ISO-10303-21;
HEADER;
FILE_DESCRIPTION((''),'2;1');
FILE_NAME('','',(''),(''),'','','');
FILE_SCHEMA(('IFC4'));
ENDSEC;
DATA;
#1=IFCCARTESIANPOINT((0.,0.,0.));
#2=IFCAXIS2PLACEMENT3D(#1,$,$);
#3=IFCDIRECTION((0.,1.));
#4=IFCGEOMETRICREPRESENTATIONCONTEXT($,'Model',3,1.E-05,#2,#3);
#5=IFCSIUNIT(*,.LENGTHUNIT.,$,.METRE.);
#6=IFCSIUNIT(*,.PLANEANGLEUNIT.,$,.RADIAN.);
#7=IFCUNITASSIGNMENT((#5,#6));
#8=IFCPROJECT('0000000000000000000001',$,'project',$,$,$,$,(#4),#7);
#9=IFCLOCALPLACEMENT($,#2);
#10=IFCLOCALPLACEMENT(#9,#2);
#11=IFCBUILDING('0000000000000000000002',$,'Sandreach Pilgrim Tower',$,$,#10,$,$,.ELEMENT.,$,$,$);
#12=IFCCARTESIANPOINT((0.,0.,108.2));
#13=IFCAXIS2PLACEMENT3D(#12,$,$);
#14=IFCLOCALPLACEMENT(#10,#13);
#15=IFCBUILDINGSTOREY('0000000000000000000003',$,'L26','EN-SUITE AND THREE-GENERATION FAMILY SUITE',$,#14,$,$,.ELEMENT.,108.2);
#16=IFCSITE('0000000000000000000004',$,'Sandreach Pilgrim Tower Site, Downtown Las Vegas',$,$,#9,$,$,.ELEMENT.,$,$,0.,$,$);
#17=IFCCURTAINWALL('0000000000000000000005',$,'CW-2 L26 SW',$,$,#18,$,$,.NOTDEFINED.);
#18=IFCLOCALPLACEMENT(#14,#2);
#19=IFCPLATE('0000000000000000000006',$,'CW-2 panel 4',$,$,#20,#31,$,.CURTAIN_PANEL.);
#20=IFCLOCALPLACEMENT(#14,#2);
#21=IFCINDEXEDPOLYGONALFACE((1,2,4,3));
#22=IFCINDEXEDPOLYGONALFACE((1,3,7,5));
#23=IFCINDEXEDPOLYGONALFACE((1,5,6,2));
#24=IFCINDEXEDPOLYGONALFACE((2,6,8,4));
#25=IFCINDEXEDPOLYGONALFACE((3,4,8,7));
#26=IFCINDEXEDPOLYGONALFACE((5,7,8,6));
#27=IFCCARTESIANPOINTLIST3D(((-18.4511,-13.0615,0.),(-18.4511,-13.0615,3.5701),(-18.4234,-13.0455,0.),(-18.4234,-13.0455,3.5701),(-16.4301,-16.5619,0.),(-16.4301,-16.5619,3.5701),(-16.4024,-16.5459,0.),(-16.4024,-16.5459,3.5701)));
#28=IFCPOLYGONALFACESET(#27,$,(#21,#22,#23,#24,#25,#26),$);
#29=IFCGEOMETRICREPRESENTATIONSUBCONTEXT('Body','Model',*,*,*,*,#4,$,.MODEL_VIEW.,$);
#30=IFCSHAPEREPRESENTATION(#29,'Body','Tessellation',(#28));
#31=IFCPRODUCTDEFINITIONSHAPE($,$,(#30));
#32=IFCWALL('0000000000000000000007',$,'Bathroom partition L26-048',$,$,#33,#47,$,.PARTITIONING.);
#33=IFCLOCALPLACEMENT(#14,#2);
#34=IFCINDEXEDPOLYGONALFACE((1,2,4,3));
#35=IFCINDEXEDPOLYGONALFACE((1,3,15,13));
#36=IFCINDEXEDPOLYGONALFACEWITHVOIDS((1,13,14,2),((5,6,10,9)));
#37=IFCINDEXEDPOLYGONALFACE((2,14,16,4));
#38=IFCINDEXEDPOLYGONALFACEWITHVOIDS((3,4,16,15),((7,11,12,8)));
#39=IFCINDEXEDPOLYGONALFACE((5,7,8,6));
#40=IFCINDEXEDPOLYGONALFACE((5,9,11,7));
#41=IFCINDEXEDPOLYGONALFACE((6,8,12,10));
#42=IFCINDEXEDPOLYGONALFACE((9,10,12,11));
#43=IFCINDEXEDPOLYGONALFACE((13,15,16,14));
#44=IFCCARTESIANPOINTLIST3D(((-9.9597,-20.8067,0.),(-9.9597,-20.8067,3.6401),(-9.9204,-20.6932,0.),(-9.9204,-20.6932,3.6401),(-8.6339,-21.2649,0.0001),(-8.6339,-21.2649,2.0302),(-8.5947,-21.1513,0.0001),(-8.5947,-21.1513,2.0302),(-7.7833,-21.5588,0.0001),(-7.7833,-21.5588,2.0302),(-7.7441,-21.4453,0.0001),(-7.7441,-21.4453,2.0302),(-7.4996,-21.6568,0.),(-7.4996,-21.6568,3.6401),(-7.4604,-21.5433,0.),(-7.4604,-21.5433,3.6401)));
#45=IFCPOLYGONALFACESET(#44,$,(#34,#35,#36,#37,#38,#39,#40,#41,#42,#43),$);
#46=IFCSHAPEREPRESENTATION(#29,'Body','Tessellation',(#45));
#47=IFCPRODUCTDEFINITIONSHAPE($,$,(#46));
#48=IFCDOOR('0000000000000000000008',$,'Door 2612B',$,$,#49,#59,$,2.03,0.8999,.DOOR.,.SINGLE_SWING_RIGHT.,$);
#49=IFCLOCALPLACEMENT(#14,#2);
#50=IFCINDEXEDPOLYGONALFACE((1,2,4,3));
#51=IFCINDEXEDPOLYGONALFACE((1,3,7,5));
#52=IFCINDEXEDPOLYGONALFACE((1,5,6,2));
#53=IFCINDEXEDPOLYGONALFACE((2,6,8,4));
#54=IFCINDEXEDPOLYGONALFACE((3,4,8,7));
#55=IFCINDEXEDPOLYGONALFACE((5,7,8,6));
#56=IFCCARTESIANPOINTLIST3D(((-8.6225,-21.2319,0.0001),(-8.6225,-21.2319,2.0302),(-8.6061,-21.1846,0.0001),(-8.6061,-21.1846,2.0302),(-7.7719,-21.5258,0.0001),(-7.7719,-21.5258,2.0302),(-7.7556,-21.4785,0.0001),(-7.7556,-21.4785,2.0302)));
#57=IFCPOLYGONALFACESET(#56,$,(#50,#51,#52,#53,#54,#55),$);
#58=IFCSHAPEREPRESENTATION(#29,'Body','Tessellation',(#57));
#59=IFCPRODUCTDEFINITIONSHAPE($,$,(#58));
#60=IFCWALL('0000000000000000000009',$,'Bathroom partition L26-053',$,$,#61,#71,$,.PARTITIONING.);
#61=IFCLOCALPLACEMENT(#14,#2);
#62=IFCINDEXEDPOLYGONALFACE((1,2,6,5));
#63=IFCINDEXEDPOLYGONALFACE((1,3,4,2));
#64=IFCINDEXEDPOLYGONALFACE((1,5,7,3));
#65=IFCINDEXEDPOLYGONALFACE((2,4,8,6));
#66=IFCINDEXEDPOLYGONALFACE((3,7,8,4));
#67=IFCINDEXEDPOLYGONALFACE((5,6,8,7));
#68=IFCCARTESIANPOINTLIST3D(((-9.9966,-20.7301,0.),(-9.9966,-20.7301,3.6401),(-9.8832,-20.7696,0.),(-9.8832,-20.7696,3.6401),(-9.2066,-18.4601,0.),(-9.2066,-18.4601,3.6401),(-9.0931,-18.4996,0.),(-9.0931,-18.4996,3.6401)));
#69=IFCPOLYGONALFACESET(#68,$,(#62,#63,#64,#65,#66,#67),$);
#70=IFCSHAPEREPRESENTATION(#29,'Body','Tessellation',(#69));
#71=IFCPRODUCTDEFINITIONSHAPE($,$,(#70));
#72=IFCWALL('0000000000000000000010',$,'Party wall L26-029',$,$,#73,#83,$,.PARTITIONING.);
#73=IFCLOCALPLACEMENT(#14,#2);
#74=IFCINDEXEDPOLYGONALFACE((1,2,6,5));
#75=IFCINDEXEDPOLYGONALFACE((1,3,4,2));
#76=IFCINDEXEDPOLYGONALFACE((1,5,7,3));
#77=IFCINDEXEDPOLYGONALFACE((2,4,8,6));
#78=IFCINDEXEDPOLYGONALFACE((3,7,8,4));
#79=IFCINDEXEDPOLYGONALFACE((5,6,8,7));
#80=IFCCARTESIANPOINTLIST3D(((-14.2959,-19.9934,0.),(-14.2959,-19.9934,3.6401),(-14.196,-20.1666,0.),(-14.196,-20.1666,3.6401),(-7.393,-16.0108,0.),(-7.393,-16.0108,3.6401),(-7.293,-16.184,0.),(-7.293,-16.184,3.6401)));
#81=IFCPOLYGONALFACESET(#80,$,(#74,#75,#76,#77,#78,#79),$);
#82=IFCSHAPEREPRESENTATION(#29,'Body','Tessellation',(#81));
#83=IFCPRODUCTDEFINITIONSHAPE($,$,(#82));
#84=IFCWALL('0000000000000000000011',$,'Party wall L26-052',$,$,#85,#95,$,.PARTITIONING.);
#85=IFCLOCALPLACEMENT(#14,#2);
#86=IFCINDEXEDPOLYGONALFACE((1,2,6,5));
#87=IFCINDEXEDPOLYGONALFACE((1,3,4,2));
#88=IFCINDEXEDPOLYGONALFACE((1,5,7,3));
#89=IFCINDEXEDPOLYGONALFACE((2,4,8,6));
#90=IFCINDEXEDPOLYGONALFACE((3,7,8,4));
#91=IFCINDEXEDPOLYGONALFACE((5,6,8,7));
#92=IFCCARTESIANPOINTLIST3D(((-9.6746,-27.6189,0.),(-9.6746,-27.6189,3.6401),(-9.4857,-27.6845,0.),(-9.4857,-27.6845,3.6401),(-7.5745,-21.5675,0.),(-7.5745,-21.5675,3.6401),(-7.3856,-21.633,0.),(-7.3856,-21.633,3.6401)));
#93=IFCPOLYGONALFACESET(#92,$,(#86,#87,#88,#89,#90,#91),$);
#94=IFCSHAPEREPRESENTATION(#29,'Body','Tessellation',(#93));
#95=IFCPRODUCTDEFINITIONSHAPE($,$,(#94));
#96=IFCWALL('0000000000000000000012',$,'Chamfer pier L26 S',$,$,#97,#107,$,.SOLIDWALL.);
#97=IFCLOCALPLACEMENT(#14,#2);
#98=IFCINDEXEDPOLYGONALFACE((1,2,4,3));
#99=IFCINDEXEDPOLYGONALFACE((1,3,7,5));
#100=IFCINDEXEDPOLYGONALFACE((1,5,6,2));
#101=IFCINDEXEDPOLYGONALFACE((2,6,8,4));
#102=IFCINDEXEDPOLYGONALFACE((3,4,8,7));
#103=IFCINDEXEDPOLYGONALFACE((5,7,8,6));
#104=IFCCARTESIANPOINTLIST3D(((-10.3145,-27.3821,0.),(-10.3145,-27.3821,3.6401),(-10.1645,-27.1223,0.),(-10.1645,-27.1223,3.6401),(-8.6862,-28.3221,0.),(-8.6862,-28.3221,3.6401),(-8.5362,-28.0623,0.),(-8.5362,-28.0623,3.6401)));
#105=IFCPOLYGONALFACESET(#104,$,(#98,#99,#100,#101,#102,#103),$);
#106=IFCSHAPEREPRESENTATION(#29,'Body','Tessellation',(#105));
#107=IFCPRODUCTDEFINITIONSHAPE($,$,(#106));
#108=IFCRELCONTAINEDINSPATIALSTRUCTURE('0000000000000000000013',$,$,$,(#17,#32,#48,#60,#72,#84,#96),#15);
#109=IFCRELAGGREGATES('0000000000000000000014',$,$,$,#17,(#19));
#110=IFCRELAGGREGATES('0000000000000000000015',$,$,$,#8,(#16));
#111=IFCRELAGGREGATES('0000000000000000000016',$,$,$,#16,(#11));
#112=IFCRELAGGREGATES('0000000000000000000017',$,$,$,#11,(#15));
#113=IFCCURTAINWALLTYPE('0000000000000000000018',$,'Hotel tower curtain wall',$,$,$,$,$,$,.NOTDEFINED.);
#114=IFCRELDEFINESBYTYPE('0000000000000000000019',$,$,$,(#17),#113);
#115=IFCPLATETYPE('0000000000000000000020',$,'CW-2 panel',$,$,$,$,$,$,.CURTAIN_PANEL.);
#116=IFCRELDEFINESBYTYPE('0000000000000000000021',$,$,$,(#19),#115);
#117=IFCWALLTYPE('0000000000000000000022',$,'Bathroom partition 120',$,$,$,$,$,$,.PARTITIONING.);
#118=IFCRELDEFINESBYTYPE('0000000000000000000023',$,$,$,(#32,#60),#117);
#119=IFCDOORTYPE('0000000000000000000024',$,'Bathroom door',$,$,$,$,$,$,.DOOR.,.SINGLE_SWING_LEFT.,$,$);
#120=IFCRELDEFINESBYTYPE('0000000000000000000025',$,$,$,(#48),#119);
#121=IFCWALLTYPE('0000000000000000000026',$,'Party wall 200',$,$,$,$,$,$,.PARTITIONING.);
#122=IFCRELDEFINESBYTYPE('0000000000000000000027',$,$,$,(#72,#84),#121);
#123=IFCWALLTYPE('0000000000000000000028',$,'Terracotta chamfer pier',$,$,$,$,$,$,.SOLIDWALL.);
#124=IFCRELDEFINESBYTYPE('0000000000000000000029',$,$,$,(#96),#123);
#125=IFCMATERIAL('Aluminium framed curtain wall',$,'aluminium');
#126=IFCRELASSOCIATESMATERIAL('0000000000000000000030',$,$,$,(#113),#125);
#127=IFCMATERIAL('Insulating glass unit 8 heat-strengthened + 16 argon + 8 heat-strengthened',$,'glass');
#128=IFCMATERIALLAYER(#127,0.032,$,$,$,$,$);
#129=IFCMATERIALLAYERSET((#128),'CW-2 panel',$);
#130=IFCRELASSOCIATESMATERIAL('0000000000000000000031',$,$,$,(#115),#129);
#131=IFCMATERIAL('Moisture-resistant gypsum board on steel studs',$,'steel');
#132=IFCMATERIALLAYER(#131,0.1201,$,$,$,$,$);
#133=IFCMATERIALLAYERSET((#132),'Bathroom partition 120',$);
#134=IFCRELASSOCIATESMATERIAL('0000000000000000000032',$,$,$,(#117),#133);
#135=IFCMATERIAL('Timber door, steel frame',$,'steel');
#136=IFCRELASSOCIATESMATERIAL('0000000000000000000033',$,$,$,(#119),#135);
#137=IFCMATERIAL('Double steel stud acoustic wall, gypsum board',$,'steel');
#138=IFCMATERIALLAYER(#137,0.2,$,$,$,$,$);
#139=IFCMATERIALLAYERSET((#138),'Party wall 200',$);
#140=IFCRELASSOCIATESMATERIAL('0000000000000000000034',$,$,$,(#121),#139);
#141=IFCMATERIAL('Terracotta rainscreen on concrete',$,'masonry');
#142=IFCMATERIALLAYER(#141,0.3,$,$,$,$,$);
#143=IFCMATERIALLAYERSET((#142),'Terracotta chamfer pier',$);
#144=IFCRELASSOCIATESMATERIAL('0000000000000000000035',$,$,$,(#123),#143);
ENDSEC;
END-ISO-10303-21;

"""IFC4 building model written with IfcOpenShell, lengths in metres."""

from ifc_helpers import new_model, si_unit, direction, frame, frame_2d, origin, origin_2d, place, context, subcontext, project, spatial, rectangle, extrude, material, layer, layer_set, type_object, element, fill, aggregate, save


model = new_model("IFC4")

# Units and contexts
model_context = context("Model", 3, precision=1e-05, world=origin(), true_north=direction((0.0, 1.0)))
body_context = subcontext(model_context, "Body", "Model", "MODEL_VIEW")
ifc_project = project(units=[si_unit("LENGTHUNIT", "METRE"), si_unit("PLANEANGLEUNIT", "RADIAN")], contexts=[model_context])

# Site, building, storey
site_placement = place(None, origin())
site = spatial("IfcSite", under=ifc_project, at=site_placement, Name="Sandreach Pilgrim Tower Site, Downtown Las Vegas", CompositionType="ELEMENT", RefElevation=0.0)
building_placement = place(site_placement, origin())
building = spatial("IfcBuilding", under=site, at=building_placement, Name="Sandreach Pilgrim Tower", CompositionType="ELEMENT")
storey_placement = place(building_placement, frame((0.0, 0.0, 108.2)))
storey = spatial("IfcBuildingStorey", under=building, at=storey_placement, Name="L26", Description="EN-SUITE AND THREE-GENERATION FAMILY SUITE", CompositionType="ELEMENT", Elevation=108.2)

# Curtain wall
ifc_material_1 = material(Name="Aluminium framed curtain wall", Category="aluminium")
curtain_wall_type = type_object("IfcCurtainWallType", Name="Hotel tower curtain wall", PredefinedType="NOTDEFINED", material=ifc_material_1)
curtain_wall_placement = place(storey_placement, origin())
curtain_wall = element("IfcCurtainWall", 1, at=curtain_wall_placement, inside=storey, type_object=curtain_wall_type, Name="CW-2 L26 SW", PredefinedType="NOTDEFINED")

# Plate
ifc_material_2 = material(Name="Insulating glass unit 8 heat-strengthened + 16 argon + 8 heat-strengthened", Category="glass")
ifc_layer_1 = layer(ifc_material_2, 0.032)
ifc_layer_set_1 = layer_set([ifc_layer_1], Name="CW-2 panel")
plate_type = type_object("IfcPlateType", Name="CW-2 panel", PredefinedType="CURTAIN_PANEL", material=ifc_layer_set_1)
plate_1_placement = place(storey_placement, frame((-17.4268, -14.8037, 0.0), z_axis=(0.0, 0.0, 1.0), x_axis=(-0.5, 0.866025, 0.0)))
plate_1 = element("IfcPlate", 2, at=plate_1_placement, type_object=plate_type, Name="CW-2 panel 4", PredefinedType="CURTAIN_PANEL", context=body_context, shape_type="SweptSolid", body=[
    extrude(rectangle(XDim=4.042, YDim=0.032, at=origin_2d()), origin(), (0.0, 0.0, 1.0), 3.5701),
])
aggregate(curtain_wall, [plate_1])

# Wall, opening, door
ifc_material_3 = material(Name="Moisture-resistant gypsum board on steel studs", Category="steel")
ifc_layer_2 = layer(ifc_material_3, 0.1201)
ifc_layer_set_2 = layer_set([ifc_layer_2], Name="Bathroom partition 120")
wall_type_1 = type_object("IfcWallType", Name="Bathroom partition 120", PredefinedType="PARTITIONING", material=ifc_layer_set_2)
wall_1_placement = place(storey_placement, frame((-9.9399, -20.75, 0.0), z_axis=(0.0, 0.0, 1.0), x_axis=(0.945155, -0.326621, 0.0)))
wall_1 = element("IfcWall", 3, at=wall_1_placement, inside=storey, type_object=wall_type_1, Name="Bathroom partition L26-048", PredefinedType="PARTITIONING", context=body_context, shape_type="SweptSolid", body=[
    extrude(rectangle(XDim=2.6028, YDim=0.1201, at=frame_2d((1.3013, 0.0))), origin(), (0.0, 0.0, 1.0), 3.6401),
])
opening_1_placement = place(wall_1_placement, frame((1.4026, 0.0, 0.0)))
opening_1 = element("IfcOpeningElement", 4, at=opening_1_placement, cuts=wall_1, PredefinedType="OPENING", context=body_context, shape_type="SweptSolid", body=[
    extrude(rectangle(XDim=0.8999, YDim=2.03, at=frame_2d((0.45, 1.0151))), frame((0.0, 0.0601, 0.0), z_axis=(0.0, -1.0, 0.0), x_axis=(1.0, 0.0, 0.0)), (0.0, 0.0, 1.0), 0.1201),
])
ifc_material_4 = material(Name="Timber door, steel frame", Category="steel")
door_type_1 = type_object("IfcDoorType", Name="Bathroom door", OperationType="SINGLE_SWING_LEFT", PredefinedType="DOOR", material=ifc_material_4)
door_1_placement = place(opening_1_placement, origin())
door_1 = element("IfcDoor", 5, at=door_1_placement, inside=storey, type_object=door_type_1, Name="Door 2612B", OperationType="SINGLE_SWING_RIGHT", OverallHeight=2.03, OverallWidth=0.8999, PredefinedType="DOOR", context=body_context, shape_type="SweptSolid", body=[
    extrude(rectangle(XDim=0.8999, YDim=2.03, at=frame_2d((0.45, 1.0151))), frame((0.0, 0.0249, 0.0), z_axis=(0.0, -1.0, 0.0), x_axis=(1.0, 0.0, 0.0)), (0.0, 0.0, 1.0), 0.05),
])
fill(opening_1, door_1)

# Wall
wall_2_placement = place(storey_placement, frame((-9.1499, -18.48, 0.0), z_axis=(0.0, 0.0, 1.0), x_axis=(-0.328694, -0.944436, 0.0)))
element("IfcWall", 6, at=wall_2_placement, inside=storey, type_object=wall_type_1, Name="Bathroom partition L26-053", PredefinedType="PARTITIONING", context=body_context, shape_type="SweptSolid", body=[
    extrude(rectangle(XDim=2.4036, YDim=0.1201, at=frame_2d((1.2017, 0.0))), origin(), (0.0, 0.0, 1.0), 3.6401),
])

# Walls
ifc_material_5 = material(Name="Double steel stud acoustic wall, gypsum board", Category="steel")
ifc_layer_3 = layer(ifc_material_5, 0.2)
ifc_layer_set_3 = layer_set([ifc_layer_3], Name="Party wall 200")
wall_type_2 = type_object("IfcWallType", Name="Party wall 200", PredefinedType="PARTITIONING", material=ifc_layer_set_3)
wall_3_placement = place(storey_placement, frame((-14.2461, -20.0801, 0.0), z_axis=(0.0, 0.0, 1.0), x_axis=(0.866179, 0.499734, 0.0)))
element("IfcWall", 7, at=wall_3_placement, inside=storey, type_object=wall_type_2, Name="Party wall L26-029", PredefinedType="PARTITIONING", context=body_context, shape_type="SweptSolid", body=[
    extrude(rectangle(XDim=7.9695, YDim=0.2, at=frame_2d((3.9849, 0.0))), origin(), (0.0, 0.0, 1.0), 3.6401),
])
wall_4_placement = place(storey_placement, frame((-9.5801, -27.6516, 0.0), z_axis=(0.0, 0.0, 1.0), x_axis=(0.327855, 0.944728, 0.0)))
element("IfcWall", 8, at=wall_4_placement, inside=storey, type_object=wall_type_2, Name="Party wall L26-052", PredefinedType="PARTITIONING", context=body_context, shape_type="SweptSolid", body=[
    extrude(rectangle(XDim=6.4055, YDim=0.2, at=frame_2d((3.2026, 0.0))), origin(), (0.0, 0.0, 1.0), 3.6401),
])
ifc_material_6 = material(Name="Terracotta rainscreen on concrete", Category="masonry")
ifc_layer_4 = layer(ifc_material_6, 0.3)
ifc_layer_set_4 = layer_set([ifc_layer_4], Name="Terracotta chamfer pier")
wall_type_3 = type_object("IfcWallType", Name="Terracotta chamfer pier", PredefinedType="SOLIDWALL", material=ifc_layer_set_4)
wall_5_placement = place(storey_placement, frame((-8.6113, -28.1921, 0.0), z_axis=(0.0, 0.0, 1.0), x_axis=(-0.866045, 0.499966, 0.0)))
element("IfcWall", 9, at=wall_5_placement, inside=storey, type_object=wall_type_3, Name="Chamfer pier L26 S", PredefinedType="SOLIDWALL", context=body_context, shape_type="SweptSolid", body=[
    extrude(rectangle(XDim=1.8801, YDim=0.3, at=frame_2d((0.9399, 0.0))), origin(), (0.0, 0.0, 1.0), 3.6401),
])

save(model, "model.ifc")
